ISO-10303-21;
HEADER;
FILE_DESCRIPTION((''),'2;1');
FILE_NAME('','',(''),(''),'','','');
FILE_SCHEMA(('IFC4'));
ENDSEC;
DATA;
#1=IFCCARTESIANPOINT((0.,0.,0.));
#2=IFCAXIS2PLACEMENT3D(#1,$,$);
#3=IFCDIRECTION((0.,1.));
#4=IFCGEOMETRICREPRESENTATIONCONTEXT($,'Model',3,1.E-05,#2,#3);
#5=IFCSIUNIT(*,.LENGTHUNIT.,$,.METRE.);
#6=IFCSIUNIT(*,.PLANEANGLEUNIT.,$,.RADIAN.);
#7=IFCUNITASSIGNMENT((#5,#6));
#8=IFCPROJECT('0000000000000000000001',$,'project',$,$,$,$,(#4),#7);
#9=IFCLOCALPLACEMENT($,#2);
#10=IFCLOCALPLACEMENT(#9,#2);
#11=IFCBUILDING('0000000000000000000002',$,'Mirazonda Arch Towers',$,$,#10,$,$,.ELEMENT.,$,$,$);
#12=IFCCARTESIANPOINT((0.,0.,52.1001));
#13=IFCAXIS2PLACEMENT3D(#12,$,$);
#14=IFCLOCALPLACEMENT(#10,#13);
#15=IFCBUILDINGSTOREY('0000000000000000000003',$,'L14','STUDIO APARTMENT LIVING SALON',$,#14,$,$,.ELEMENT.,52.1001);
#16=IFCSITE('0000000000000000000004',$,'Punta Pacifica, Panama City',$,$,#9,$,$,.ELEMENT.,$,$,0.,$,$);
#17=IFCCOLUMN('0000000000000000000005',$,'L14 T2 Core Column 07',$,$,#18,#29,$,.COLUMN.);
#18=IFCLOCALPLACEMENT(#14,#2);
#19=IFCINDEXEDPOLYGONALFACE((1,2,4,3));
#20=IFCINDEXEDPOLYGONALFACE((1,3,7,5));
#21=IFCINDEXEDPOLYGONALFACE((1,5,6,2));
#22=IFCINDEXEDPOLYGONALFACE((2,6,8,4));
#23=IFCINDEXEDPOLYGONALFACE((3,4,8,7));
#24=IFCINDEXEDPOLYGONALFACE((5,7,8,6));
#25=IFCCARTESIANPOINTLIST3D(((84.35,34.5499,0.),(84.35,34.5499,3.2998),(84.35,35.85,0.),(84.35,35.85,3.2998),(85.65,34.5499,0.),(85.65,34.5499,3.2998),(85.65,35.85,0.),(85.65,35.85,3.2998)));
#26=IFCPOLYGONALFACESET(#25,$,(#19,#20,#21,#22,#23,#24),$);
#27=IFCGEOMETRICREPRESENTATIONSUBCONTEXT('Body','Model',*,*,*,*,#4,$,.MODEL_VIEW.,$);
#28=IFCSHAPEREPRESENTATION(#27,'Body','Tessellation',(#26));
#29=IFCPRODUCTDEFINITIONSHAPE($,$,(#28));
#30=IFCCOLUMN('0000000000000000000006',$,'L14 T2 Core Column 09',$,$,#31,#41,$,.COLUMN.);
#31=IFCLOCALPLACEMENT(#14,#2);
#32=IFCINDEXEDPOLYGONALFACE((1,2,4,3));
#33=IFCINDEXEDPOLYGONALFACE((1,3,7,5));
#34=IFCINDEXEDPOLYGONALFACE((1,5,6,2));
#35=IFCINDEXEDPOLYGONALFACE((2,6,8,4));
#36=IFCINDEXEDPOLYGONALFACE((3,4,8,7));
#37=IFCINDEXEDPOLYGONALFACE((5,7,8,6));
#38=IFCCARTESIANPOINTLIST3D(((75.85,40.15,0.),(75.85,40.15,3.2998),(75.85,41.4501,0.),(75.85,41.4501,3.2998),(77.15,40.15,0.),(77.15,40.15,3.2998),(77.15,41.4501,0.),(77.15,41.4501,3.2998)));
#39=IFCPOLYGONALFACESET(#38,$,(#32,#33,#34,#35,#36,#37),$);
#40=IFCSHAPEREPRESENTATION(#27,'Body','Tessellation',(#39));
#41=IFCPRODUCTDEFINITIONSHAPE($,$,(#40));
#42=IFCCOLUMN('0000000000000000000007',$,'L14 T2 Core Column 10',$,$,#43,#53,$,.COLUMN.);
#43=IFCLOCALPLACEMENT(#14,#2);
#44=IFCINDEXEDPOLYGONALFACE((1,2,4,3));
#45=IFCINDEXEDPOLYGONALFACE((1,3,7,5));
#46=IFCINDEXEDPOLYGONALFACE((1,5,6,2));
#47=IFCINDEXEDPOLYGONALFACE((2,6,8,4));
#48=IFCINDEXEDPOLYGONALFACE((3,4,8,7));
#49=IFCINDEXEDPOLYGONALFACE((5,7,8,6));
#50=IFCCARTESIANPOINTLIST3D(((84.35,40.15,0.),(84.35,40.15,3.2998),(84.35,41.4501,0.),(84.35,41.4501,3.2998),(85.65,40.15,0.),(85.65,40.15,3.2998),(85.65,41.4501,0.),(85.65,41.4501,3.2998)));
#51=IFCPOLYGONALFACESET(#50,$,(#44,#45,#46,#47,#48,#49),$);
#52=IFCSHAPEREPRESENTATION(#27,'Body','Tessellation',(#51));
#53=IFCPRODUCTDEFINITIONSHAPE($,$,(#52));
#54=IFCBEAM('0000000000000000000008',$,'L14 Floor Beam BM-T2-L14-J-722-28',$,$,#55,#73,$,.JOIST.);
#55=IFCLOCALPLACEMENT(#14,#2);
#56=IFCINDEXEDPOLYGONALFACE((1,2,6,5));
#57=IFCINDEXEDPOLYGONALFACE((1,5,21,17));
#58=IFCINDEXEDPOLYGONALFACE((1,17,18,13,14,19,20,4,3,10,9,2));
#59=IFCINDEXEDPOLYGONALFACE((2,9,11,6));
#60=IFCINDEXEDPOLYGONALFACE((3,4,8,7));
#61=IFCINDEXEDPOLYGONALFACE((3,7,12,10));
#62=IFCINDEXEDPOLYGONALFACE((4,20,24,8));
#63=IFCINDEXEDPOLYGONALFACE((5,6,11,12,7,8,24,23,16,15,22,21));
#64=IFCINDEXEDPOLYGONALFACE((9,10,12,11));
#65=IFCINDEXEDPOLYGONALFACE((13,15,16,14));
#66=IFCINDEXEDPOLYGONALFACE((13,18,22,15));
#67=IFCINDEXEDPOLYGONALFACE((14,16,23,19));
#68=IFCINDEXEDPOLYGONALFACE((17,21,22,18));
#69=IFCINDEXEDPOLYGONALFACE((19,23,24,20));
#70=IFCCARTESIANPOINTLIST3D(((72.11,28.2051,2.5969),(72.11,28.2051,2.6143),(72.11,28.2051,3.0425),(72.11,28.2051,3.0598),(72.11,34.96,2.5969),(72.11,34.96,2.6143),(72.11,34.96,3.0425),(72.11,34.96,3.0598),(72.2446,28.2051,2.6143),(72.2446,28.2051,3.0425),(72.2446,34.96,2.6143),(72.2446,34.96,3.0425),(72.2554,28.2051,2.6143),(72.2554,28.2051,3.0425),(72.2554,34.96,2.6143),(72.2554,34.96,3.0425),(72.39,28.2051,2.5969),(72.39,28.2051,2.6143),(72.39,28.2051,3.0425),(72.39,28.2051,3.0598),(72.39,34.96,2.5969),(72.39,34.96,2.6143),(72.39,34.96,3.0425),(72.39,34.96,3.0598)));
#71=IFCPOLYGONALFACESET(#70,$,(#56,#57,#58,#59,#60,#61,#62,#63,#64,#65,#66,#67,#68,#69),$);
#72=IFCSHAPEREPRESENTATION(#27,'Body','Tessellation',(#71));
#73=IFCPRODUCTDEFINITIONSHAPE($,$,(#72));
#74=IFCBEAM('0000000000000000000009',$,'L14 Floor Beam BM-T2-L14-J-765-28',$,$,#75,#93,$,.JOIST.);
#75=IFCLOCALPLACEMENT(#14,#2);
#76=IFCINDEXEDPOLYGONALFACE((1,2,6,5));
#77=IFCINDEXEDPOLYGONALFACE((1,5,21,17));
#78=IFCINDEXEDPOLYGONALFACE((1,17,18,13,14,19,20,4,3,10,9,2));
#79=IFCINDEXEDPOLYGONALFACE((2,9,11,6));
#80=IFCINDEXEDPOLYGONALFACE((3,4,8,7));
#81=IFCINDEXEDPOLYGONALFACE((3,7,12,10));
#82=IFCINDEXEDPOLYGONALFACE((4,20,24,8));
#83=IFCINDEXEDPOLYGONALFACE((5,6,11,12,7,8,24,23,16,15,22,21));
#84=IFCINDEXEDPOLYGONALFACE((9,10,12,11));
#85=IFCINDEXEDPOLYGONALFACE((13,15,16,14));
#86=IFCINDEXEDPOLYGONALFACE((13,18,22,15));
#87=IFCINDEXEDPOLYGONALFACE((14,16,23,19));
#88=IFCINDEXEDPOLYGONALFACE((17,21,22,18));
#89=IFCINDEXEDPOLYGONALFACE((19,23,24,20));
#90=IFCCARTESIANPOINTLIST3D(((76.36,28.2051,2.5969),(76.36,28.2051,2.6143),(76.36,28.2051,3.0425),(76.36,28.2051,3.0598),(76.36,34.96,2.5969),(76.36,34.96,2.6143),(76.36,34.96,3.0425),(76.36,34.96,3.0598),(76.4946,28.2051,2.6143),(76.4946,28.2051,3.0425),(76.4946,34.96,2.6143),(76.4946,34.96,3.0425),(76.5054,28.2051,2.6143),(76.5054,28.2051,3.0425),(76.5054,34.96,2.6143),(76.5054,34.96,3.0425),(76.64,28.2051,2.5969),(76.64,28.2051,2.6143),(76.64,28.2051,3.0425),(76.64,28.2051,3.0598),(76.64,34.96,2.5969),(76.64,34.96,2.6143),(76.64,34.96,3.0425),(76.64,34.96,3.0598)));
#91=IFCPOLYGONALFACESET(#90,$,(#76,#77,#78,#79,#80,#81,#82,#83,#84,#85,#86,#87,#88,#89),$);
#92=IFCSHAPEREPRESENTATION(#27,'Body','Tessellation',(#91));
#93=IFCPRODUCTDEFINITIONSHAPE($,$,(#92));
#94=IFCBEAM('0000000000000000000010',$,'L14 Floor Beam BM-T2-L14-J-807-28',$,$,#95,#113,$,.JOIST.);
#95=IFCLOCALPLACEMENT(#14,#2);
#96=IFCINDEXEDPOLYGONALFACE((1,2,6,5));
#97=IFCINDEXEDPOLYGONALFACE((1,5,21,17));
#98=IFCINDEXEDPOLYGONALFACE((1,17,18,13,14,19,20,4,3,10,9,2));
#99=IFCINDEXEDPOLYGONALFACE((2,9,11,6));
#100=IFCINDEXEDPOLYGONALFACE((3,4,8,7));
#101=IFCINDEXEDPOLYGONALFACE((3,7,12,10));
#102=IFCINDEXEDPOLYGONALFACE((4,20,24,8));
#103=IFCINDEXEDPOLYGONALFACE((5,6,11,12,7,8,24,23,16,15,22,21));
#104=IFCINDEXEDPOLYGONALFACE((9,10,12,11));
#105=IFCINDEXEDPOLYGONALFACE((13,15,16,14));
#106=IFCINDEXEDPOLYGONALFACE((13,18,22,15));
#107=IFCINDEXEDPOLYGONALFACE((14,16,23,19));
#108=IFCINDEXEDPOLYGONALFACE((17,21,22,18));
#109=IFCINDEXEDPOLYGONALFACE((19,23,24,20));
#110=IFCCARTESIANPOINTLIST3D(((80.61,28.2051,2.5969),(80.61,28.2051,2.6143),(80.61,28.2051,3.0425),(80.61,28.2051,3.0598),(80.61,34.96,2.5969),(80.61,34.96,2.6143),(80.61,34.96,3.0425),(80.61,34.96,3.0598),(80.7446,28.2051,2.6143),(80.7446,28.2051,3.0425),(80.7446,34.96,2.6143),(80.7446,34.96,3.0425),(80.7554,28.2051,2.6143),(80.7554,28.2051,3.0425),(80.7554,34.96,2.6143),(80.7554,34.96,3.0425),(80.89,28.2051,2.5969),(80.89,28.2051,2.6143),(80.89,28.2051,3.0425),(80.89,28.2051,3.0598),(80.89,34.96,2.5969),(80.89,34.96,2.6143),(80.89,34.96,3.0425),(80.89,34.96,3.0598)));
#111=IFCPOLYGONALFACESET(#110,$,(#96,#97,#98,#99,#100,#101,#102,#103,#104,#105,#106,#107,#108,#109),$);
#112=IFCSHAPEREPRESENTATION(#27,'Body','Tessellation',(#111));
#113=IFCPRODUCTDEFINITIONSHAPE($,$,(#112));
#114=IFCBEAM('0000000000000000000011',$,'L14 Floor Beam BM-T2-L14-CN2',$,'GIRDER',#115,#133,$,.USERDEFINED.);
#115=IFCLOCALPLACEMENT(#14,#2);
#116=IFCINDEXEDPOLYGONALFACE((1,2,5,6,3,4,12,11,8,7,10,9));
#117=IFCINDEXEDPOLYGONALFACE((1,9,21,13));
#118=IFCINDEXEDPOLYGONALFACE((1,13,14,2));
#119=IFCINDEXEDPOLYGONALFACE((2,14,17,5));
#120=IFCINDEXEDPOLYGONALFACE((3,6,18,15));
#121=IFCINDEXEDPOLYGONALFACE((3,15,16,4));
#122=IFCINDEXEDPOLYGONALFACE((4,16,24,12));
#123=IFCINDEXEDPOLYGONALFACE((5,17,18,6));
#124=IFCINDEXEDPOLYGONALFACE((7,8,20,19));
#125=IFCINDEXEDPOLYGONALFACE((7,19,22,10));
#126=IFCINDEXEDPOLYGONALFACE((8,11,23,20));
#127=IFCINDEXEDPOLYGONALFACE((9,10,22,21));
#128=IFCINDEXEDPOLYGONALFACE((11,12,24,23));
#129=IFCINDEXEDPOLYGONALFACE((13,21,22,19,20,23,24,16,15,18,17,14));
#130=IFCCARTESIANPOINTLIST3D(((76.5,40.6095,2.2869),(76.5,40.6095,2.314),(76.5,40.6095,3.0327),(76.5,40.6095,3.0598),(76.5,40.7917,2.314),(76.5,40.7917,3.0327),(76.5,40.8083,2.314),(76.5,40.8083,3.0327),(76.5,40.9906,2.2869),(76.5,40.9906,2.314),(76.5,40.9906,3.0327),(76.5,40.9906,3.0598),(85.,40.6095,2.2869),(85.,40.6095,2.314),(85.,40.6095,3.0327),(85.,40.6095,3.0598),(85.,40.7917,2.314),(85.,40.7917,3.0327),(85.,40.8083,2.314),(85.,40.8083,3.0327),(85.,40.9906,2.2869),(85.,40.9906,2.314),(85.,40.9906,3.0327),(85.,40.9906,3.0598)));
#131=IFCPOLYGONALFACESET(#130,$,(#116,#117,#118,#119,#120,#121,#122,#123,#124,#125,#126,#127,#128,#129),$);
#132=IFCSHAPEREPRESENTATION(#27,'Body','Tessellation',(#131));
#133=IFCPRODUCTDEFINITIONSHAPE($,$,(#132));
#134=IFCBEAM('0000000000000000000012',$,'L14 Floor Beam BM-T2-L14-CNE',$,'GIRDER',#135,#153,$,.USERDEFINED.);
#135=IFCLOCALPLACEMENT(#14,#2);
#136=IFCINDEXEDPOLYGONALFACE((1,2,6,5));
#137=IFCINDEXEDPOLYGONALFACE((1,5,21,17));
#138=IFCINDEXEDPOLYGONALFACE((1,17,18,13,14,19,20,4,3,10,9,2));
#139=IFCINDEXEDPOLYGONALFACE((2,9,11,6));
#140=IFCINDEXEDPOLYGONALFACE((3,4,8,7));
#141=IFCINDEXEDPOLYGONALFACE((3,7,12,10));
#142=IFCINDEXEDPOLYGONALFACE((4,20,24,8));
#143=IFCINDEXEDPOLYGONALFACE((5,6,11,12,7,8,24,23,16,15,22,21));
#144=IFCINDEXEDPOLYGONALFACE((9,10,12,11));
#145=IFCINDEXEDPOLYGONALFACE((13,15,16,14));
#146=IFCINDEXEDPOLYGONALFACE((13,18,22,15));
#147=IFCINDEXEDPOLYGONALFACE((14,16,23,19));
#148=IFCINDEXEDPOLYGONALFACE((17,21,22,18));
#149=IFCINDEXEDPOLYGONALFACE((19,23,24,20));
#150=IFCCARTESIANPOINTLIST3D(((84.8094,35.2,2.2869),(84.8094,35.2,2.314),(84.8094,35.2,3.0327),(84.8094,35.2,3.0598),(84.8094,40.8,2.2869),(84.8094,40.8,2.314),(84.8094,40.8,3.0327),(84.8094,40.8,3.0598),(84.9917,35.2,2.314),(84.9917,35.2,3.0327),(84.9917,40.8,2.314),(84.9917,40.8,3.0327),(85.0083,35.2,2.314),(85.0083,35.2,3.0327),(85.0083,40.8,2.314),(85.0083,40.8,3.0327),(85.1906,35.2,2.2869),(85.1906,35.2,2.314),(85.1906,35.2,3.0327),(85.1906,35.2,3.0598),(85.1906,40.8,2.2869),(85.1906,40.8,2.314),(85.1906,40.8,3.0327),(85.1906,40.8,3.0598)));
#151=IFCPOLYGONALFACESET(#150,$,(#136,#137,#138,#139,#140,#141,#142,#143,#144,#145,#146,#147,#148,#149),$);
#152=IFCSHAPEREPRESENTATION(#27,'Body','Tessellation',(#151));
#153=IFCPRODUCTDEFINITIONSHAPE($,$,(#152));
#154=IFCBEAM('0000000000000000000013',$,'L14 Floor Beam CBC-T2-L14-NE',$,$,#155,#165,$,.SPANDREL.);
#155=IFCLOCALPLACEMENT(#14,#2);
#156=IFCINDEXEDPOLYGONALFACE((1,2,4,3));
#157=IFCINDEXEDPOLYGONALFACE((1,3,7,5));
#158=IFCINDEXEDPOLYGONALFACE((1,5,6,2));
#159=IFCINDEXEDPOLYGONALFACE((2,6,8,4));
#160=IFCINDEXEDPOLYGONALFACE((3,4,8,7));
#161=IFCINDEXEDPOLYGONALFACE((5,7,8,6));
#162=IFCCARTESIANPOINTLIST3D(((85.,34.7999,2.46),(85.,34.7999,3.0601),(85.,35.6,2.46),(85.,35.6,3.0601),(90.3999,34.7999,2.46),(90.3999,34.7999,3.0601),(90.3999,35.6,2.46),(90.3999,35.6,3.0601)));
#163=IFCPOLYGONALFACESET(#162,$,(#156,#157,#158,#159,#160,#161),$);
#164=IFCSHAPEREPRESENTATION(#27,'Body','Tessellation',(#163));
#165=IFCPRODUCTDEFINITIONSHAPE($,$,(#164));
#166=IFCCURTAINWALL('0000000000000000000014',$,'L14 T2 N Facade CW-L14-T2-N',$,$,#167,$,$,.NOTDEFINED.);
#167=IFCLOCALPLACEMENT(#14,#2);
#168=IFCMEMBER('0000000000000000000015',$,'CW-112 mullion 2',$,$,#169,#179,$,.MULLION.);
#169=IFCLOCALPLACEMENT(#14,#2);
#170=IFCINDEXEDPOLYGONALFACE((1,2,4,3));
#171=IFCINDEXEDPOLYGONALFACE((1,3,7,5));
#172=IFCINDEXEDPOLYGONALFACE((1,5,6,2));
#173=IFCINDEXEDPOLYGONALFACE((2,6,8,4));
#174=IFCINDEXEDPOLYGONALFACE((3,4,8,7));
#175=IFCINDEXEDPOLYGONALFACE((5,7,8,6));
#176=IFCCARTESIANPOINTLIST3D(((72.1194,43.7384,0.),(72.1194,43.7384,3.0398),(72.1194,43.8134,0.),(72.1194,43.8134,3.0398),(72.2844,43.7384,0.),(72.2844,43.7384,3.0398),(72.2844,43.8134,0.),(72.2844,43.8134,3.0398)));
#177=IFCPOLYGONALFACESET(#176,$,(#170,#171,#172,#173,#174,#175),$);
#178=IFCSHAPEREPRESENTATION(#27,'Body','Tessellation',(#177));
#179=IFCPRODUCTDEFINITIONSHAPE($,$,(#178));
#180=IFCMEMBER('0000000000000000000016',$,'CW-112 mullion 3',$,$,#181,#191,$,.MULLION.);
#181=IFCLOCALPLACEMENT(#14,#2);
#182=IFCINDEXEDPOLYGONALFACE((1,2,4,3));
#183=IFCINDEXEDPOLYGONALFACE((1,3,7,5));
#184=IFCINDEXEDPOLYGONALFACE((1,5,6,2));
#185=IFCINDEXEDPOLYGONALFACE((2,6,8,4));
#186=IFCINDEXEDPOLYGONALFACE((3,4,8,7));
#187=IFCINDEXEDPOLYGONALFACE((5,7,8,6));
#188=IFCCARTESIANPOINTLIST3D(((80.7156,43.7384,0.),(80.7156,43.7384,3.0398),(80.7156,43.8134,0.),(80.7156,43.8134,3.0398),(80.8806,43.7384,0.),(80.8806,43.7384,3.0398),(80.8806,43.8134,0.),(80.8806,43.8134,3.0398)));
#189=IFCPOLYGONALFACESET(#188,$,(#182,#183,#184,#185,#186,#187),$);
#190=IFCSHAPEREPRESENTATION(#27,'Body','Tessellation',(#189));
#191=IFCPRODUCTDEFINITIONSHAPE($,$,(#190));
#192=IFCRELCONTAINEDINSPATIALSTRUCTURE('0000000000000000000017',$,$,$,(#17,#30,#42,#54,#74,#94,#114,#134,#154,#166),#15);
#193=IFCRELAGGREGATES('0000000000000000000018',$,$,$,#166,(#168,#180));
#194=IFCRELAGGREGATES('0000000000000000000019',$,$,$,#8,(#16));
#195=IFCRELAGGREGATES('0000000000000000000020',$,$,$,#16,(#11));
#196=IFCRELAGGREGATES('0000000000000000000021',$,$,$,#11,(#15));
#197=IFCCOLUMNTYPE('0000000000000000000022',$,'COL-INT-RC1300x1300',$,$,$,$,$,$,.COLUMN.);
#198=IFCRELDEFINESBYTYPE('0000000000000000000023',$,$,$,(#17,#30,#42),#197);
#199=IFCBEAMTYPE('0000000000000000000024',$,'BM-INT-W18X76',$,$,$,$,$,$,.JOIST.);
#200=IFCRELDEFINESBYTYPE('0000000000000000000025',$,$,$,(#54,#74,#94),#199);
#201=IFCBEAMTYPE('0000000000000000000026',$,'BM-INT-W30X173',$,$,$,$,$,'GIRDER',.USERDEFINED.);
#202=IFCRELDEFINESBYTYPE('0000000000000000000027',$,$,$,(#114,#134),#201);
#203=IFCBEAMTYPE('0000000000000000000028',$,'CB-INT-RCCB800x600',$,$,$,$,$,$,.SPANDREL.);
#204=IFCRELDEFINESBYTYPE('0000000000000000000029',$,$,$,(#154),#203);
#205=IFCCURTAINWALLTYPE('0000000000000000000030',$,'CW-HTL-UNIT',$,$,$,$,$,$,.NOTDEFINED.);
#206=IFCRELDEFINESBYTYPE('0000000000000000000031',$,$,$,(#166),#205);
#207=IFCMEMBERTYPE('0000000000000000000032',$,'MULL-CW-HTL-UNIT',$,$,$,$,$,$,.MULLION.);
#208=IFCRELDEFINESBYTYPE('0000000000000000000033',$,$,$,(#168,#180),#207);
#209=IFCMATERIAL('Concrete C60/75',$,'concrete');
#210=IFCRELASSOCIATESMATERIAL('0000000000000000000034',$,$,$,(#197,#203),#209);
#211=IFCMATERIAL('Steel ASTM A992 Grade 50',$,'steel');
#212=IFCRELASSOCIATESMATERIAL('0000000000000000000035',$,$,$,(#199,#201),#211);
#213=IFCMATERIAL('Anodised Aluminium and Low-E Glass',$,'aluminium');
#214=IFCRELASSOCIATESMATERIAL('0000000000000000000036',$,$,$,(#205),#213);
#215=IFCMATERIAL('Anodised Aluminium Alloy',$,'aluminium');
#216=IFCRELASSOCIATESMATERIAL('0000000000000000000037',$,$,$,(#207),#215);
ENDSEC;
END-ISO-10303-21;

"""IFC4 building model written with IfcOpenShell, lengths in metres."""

from ifc_helpers import new_model, si_unit, direction, frame, origin, origin_2d, place, context, subcontext, project, spatial, rectangle, i_section, extrude, material, material_profile, profile_set, type_object, element, aggregate, save


model = new_model("IFC4")

# Units and contexts
model_context = context("Model", 3, precision=1e-05, world=origin(), true_north=direction((0.0, 1.0)))
body_context = subcontext(model_context, "Body", "Model", "MODEL_VIEW")
ifc_project = project(units=[si_unit("LENGTHUNIT", "METRE"), si_unit("PLANEANGLEUNIT", "RADIAN")], contexts=[model_context])

# Site, building, storey
site_placement = place(None, origin())
site = spatial("IfcSite", under=ifc_project, at=site_placement, Name="Punta Pacifica, Panama City", CompositionType="ELEMENT", RefElevation=0.0)
building_placement = place(site_placement, origin())
building = spatial("IfcBuilding", under=site, at=building_placement, Name="Mirazonda Arch Towers", CompositionType="ELEMENT")
storey_placement = place(building_placement, frame((0.0, 0.0, 52.1001)))
storey = spatial("IfcBuildingStorey", under=building, at=storey_placement, Name="L14", Description="STUDIO APARTMENT LIVING SALON", CompositionType="ELEMENT", Elevation=52.1001)

# Columns
ifc_material_1 = material(Name="Concrete C60/75", Category="concrete")
ifc_material_profile_1 = material_profile(ifc_material_1, rectangle(XDim=1.3, YDim=1.3, at=origin_2d()), Name="RC1300x1300")
ifc_profile_set_1 = profile_set([ifc_material_profile_1], Name="Concrete C60/75")
column_type = type_object("IfcColumnType", Name="COL-INT-RC1300x1300", PredefinedType="COLUMN", material=ifc_profile_set_1)
for number, where, z_axis, x_axis, name in (
    (1, (85.0, 35.2, 0.0), (0.0, 0.0, 1.0), (1.0, 0.0, 0.0), "L14 T2 Core Column 07"),
    (2, (76.5, 40.8, 0.0), (0.0, 0.0, 1.0), (1.0, 0.0, 0.0), "L14 T2 Core Column 09"),
    (3, (85.0, 40.8, 0.0), (0.0, 0.0, 1.0), (1.0, 0.0, 0.0), "L14 T2 Core Column 10"),
):
    element("IfcColumn", number, at=place(storey_placement, frame(where, z_axis=z_axis, x_axis=x_axis)), inside=storey, type_object=column_type, Name=name, PredefinedType="COLUMN", context=body_context, shape_type="SweptSolid", body=[
        extrude(rectangle(XDim=1.3, YDim=1.3, at=origin_2d()), origin(), (0.0, 0.0, 1.0), 3.2998),
    ])

# Beams
ifc_material_2 = material(Name="Steel ASTM A992 Grade 50", Category="steel")
ifc_material_profile_2 = material_profile(ifc_material_2, i_section(OverallWidth=0.28, OverallDepth=0.4629, WebThickness=0.0107, FlangeThickness=0.0173, at=origin_2d()), Name="W18X76")
ifc_profile_set_2 = profile_set([ifc_material_profile_2], Name="Steel ASTM A992 Grade 50")
beam_type_1 = type_object("IfcBeamType", Name="BM-INT-W18X76", PredefinedType="JOIST", material=ifc_profile_set_2)
for number, where, z_axis, x_axis, name in (
    (4, (72.25, 28.2051, 2.8284), (0.0, 1.0, 0.0), (-1.0, 0.0, 0.0), "L14 Floor Beam BM-T2-L14-J-722-28"),
    (5, (76.5, 28.2051, 2.8284), (0.0, 1.0, 0.0), (-1.0, 0.0, 0.0), "L14 Floor Beam BM-T2-L14-J-765-28"),
    (6, (80.75, 28.2051, 2.8284), (0.0, 1.0, 0.0), (-1.0, 0.0, 0.0), "L14 Floor Beam BM-T2-L14-J-807-28"),
):
    element("IfcBeam", number, at=place(storey_placement, frame(where, z_axis=z_axis, x_axis=x_axis)), inside=storey, type_object=beam_type_1, Name=name, PredefinedType="JOIST", context=body_context, shape_type="SweptSolid", body=[
        extrude(i_section(OverallWidth=0.28, OverallDepth=0.4629, WebThickness=0.0107, FlangeThickness=0.0173, at=origin_2d()), origin(), (0.0, 0.0, 1.0), 6.7549),
    ])
ifc_material_profile_3 = material_profile(ifc_material_2, i_section(OverallWidth=0.3811, OverallDepth=0.7729, WebThickness=0.0166, FlangeThickness=0.0271, at=origin_2d()), Name="W30X173")
ifc_profile_set_3 = profile_set([ifc_material_profile_3], Name="Steel ASTM A992 Grade 50")
beam_type_2 = type_object("IfcBeamType", Name="BM-INT-W30X173", ElementType="GIRDER", PredefinedType="USERDEFINED", material=ifc_profile_set_3)
beam_1_placement = place(storey_placement, frame((76.5, 40.8, 2.6733), z_axis=(1.0, 0.0, 0.0), x_axis=(0.0, 1.0, 0.0)))
element("IfcBeam", 7, at=beam_1_placement, inside=storey, type_object=beam_type_2, Name="L14 Floor Beam BM-T2-L14-CN2", ObjectType="GIRDER", PredefinedType="USERDEFINED", context=body_context, shape_type="SweptSolid", body=[
    extrude(i_section(OverallWidth=0.3811, OverallDepth=0.7729, WebThickness=0.0166, FlangeThickness=0.0271, at=origin_2d()), origin(), (0.0, 0.0, 1.0), 8.5),
])
beam_2_placement = place(storey_placement, frame((85.0, 35.2, 2.6733), z_axis=(0.0, 1.0, 0.0), x_axis=(-1.0, 0.0, 0.0)))
element("IfcBeam", 8, at=beam_2_placement, inside=storey, type_object=beam_type_2, Name="L14 Floor Beam BM-T2-L14-CNE", ObjectType="GIRDER", PredefinedType="USERDEFINED", context=body_context, shape_type="SweptSolid", body=[
    extrude(i_section(OverallWidth=0.3811, OverallDepth=0.7729, WebThickness=0.0166, FlangeThickness=0.0271, at=origin_2d()), origin(), (0.0, 0.0, 1.0), 5.6001),
])
ifc_material_profile_4 = material_profile(ifc_material_1, rectangle(XDim=0.8, YDim=0.6001, at=origin_2d()), Name="RCCB800x600")
ifc_profile_set_4 = profile_set([ifc_material_profile_4], Name="Concrete C60/75")
beam_type_3 = type_object("IfcBeamType", Name="CB-INT-RCCB800x600", PredefinedType="SPANDREL", material=ifc_profile_set_4)
beam_3_placement = place(storey_placement, frame((85.0, 35.2, 2.76), z_axis=(1.0, 0.0, 0.0), x_axis=(0.0, 1.0, 0.0)))
element("IfcBeam", 9, at=beam_3_placement, inside=storey, type_object=beam_type_3, Name="L14 Floor Beam CBC-T2-L14-NE", PredefinedType="SPANDREL", context=body_context, shape_type="SweptSolid", body=[
    extrude(rectangle(XDim=0.8, YDim=0.6001, at=origin_2d()), origin(), (0.0, 0.0, 1.0), 5.3999),
])

# Curtain wall, members
ifc_material_3 = material(Name="Anodised Aluminium and Low-E Glass", Category="aluminium")
curtain_wall_type = type_object("IfcCurtainWallType", Name="CW-HTL-UNIT", PredefinedType="NOTDEFINED", material=ifc_material_3)
curtain_wall_placement = place(storey_placement, origin())
curtain_wall = element("IfcCurtainWall", 10, at=curtain_wall_placement, inside=storey, type_object=curtain_wall_type, Name="L14 T2 N Facade CW-L14-T2-N", PredefinedType="NOTDEFINED")
ifc_material_4 = material(Name="Anodised Aluminium Alloy", Category="aluminium")
ifc_material_profile_5 = material_profile(ifc_material_4, rectangle(XDim=0.075, YDim=0.165, at=origin_2d()), Name="ALU-MULL-75x165")
ifc_profile_set_5 = profile_set([ifc_material_profile_5], Name="Anodised Aluminium Alloy")
member_type_1 = type_object("IfcMemberType", Name="MULL-CW-HTL-UNIT", PredefinedType="MULLION", material=ifc_profile_set_5)
member_1_placement = place(storey_placement, frame((72.2019, 43.7759, 0.0), z_axis=(0.0, 0.0, 1.0), x_axis=(0.0, 1.0, 0.0)))
member_1 = element("IfcMember", 11, at=member_1_placement, type_object=member_type_1, Name="CW-112 mullion 2", PredefinedType="MULLION", context=body_context, shape_type="SweptSolid", body=[
    extrude(rectangle(XDim=0.075, YDim=0.165, at=origin_2d()), origin(), (0.0, 0.0, 1.0), 3.0398),
])
member_2_placement = place(storey_placement, frame((80.7981, 43.7759, 0.0), z_axis=(0.0, 0.0, 1.0), x_axis=(0.0, 1.0, 0.0)))
member_2 = element("IfcMember", 12, at=member_2_placement, type_object=member_type_1, Name="CW-112 mullion 3", PredefinedType="MULLION", context=body_context, shape_type="SweptSolid", body=[
    extrude(rectangle(XDim=0.075, YDim=0.165, at=origin_2d()), origin(), (0.0, 0.0, 1.0), 3.0398),
])
aggregate(curtain_wall, [member_1, member_2])

save(model, "model.ifc")
